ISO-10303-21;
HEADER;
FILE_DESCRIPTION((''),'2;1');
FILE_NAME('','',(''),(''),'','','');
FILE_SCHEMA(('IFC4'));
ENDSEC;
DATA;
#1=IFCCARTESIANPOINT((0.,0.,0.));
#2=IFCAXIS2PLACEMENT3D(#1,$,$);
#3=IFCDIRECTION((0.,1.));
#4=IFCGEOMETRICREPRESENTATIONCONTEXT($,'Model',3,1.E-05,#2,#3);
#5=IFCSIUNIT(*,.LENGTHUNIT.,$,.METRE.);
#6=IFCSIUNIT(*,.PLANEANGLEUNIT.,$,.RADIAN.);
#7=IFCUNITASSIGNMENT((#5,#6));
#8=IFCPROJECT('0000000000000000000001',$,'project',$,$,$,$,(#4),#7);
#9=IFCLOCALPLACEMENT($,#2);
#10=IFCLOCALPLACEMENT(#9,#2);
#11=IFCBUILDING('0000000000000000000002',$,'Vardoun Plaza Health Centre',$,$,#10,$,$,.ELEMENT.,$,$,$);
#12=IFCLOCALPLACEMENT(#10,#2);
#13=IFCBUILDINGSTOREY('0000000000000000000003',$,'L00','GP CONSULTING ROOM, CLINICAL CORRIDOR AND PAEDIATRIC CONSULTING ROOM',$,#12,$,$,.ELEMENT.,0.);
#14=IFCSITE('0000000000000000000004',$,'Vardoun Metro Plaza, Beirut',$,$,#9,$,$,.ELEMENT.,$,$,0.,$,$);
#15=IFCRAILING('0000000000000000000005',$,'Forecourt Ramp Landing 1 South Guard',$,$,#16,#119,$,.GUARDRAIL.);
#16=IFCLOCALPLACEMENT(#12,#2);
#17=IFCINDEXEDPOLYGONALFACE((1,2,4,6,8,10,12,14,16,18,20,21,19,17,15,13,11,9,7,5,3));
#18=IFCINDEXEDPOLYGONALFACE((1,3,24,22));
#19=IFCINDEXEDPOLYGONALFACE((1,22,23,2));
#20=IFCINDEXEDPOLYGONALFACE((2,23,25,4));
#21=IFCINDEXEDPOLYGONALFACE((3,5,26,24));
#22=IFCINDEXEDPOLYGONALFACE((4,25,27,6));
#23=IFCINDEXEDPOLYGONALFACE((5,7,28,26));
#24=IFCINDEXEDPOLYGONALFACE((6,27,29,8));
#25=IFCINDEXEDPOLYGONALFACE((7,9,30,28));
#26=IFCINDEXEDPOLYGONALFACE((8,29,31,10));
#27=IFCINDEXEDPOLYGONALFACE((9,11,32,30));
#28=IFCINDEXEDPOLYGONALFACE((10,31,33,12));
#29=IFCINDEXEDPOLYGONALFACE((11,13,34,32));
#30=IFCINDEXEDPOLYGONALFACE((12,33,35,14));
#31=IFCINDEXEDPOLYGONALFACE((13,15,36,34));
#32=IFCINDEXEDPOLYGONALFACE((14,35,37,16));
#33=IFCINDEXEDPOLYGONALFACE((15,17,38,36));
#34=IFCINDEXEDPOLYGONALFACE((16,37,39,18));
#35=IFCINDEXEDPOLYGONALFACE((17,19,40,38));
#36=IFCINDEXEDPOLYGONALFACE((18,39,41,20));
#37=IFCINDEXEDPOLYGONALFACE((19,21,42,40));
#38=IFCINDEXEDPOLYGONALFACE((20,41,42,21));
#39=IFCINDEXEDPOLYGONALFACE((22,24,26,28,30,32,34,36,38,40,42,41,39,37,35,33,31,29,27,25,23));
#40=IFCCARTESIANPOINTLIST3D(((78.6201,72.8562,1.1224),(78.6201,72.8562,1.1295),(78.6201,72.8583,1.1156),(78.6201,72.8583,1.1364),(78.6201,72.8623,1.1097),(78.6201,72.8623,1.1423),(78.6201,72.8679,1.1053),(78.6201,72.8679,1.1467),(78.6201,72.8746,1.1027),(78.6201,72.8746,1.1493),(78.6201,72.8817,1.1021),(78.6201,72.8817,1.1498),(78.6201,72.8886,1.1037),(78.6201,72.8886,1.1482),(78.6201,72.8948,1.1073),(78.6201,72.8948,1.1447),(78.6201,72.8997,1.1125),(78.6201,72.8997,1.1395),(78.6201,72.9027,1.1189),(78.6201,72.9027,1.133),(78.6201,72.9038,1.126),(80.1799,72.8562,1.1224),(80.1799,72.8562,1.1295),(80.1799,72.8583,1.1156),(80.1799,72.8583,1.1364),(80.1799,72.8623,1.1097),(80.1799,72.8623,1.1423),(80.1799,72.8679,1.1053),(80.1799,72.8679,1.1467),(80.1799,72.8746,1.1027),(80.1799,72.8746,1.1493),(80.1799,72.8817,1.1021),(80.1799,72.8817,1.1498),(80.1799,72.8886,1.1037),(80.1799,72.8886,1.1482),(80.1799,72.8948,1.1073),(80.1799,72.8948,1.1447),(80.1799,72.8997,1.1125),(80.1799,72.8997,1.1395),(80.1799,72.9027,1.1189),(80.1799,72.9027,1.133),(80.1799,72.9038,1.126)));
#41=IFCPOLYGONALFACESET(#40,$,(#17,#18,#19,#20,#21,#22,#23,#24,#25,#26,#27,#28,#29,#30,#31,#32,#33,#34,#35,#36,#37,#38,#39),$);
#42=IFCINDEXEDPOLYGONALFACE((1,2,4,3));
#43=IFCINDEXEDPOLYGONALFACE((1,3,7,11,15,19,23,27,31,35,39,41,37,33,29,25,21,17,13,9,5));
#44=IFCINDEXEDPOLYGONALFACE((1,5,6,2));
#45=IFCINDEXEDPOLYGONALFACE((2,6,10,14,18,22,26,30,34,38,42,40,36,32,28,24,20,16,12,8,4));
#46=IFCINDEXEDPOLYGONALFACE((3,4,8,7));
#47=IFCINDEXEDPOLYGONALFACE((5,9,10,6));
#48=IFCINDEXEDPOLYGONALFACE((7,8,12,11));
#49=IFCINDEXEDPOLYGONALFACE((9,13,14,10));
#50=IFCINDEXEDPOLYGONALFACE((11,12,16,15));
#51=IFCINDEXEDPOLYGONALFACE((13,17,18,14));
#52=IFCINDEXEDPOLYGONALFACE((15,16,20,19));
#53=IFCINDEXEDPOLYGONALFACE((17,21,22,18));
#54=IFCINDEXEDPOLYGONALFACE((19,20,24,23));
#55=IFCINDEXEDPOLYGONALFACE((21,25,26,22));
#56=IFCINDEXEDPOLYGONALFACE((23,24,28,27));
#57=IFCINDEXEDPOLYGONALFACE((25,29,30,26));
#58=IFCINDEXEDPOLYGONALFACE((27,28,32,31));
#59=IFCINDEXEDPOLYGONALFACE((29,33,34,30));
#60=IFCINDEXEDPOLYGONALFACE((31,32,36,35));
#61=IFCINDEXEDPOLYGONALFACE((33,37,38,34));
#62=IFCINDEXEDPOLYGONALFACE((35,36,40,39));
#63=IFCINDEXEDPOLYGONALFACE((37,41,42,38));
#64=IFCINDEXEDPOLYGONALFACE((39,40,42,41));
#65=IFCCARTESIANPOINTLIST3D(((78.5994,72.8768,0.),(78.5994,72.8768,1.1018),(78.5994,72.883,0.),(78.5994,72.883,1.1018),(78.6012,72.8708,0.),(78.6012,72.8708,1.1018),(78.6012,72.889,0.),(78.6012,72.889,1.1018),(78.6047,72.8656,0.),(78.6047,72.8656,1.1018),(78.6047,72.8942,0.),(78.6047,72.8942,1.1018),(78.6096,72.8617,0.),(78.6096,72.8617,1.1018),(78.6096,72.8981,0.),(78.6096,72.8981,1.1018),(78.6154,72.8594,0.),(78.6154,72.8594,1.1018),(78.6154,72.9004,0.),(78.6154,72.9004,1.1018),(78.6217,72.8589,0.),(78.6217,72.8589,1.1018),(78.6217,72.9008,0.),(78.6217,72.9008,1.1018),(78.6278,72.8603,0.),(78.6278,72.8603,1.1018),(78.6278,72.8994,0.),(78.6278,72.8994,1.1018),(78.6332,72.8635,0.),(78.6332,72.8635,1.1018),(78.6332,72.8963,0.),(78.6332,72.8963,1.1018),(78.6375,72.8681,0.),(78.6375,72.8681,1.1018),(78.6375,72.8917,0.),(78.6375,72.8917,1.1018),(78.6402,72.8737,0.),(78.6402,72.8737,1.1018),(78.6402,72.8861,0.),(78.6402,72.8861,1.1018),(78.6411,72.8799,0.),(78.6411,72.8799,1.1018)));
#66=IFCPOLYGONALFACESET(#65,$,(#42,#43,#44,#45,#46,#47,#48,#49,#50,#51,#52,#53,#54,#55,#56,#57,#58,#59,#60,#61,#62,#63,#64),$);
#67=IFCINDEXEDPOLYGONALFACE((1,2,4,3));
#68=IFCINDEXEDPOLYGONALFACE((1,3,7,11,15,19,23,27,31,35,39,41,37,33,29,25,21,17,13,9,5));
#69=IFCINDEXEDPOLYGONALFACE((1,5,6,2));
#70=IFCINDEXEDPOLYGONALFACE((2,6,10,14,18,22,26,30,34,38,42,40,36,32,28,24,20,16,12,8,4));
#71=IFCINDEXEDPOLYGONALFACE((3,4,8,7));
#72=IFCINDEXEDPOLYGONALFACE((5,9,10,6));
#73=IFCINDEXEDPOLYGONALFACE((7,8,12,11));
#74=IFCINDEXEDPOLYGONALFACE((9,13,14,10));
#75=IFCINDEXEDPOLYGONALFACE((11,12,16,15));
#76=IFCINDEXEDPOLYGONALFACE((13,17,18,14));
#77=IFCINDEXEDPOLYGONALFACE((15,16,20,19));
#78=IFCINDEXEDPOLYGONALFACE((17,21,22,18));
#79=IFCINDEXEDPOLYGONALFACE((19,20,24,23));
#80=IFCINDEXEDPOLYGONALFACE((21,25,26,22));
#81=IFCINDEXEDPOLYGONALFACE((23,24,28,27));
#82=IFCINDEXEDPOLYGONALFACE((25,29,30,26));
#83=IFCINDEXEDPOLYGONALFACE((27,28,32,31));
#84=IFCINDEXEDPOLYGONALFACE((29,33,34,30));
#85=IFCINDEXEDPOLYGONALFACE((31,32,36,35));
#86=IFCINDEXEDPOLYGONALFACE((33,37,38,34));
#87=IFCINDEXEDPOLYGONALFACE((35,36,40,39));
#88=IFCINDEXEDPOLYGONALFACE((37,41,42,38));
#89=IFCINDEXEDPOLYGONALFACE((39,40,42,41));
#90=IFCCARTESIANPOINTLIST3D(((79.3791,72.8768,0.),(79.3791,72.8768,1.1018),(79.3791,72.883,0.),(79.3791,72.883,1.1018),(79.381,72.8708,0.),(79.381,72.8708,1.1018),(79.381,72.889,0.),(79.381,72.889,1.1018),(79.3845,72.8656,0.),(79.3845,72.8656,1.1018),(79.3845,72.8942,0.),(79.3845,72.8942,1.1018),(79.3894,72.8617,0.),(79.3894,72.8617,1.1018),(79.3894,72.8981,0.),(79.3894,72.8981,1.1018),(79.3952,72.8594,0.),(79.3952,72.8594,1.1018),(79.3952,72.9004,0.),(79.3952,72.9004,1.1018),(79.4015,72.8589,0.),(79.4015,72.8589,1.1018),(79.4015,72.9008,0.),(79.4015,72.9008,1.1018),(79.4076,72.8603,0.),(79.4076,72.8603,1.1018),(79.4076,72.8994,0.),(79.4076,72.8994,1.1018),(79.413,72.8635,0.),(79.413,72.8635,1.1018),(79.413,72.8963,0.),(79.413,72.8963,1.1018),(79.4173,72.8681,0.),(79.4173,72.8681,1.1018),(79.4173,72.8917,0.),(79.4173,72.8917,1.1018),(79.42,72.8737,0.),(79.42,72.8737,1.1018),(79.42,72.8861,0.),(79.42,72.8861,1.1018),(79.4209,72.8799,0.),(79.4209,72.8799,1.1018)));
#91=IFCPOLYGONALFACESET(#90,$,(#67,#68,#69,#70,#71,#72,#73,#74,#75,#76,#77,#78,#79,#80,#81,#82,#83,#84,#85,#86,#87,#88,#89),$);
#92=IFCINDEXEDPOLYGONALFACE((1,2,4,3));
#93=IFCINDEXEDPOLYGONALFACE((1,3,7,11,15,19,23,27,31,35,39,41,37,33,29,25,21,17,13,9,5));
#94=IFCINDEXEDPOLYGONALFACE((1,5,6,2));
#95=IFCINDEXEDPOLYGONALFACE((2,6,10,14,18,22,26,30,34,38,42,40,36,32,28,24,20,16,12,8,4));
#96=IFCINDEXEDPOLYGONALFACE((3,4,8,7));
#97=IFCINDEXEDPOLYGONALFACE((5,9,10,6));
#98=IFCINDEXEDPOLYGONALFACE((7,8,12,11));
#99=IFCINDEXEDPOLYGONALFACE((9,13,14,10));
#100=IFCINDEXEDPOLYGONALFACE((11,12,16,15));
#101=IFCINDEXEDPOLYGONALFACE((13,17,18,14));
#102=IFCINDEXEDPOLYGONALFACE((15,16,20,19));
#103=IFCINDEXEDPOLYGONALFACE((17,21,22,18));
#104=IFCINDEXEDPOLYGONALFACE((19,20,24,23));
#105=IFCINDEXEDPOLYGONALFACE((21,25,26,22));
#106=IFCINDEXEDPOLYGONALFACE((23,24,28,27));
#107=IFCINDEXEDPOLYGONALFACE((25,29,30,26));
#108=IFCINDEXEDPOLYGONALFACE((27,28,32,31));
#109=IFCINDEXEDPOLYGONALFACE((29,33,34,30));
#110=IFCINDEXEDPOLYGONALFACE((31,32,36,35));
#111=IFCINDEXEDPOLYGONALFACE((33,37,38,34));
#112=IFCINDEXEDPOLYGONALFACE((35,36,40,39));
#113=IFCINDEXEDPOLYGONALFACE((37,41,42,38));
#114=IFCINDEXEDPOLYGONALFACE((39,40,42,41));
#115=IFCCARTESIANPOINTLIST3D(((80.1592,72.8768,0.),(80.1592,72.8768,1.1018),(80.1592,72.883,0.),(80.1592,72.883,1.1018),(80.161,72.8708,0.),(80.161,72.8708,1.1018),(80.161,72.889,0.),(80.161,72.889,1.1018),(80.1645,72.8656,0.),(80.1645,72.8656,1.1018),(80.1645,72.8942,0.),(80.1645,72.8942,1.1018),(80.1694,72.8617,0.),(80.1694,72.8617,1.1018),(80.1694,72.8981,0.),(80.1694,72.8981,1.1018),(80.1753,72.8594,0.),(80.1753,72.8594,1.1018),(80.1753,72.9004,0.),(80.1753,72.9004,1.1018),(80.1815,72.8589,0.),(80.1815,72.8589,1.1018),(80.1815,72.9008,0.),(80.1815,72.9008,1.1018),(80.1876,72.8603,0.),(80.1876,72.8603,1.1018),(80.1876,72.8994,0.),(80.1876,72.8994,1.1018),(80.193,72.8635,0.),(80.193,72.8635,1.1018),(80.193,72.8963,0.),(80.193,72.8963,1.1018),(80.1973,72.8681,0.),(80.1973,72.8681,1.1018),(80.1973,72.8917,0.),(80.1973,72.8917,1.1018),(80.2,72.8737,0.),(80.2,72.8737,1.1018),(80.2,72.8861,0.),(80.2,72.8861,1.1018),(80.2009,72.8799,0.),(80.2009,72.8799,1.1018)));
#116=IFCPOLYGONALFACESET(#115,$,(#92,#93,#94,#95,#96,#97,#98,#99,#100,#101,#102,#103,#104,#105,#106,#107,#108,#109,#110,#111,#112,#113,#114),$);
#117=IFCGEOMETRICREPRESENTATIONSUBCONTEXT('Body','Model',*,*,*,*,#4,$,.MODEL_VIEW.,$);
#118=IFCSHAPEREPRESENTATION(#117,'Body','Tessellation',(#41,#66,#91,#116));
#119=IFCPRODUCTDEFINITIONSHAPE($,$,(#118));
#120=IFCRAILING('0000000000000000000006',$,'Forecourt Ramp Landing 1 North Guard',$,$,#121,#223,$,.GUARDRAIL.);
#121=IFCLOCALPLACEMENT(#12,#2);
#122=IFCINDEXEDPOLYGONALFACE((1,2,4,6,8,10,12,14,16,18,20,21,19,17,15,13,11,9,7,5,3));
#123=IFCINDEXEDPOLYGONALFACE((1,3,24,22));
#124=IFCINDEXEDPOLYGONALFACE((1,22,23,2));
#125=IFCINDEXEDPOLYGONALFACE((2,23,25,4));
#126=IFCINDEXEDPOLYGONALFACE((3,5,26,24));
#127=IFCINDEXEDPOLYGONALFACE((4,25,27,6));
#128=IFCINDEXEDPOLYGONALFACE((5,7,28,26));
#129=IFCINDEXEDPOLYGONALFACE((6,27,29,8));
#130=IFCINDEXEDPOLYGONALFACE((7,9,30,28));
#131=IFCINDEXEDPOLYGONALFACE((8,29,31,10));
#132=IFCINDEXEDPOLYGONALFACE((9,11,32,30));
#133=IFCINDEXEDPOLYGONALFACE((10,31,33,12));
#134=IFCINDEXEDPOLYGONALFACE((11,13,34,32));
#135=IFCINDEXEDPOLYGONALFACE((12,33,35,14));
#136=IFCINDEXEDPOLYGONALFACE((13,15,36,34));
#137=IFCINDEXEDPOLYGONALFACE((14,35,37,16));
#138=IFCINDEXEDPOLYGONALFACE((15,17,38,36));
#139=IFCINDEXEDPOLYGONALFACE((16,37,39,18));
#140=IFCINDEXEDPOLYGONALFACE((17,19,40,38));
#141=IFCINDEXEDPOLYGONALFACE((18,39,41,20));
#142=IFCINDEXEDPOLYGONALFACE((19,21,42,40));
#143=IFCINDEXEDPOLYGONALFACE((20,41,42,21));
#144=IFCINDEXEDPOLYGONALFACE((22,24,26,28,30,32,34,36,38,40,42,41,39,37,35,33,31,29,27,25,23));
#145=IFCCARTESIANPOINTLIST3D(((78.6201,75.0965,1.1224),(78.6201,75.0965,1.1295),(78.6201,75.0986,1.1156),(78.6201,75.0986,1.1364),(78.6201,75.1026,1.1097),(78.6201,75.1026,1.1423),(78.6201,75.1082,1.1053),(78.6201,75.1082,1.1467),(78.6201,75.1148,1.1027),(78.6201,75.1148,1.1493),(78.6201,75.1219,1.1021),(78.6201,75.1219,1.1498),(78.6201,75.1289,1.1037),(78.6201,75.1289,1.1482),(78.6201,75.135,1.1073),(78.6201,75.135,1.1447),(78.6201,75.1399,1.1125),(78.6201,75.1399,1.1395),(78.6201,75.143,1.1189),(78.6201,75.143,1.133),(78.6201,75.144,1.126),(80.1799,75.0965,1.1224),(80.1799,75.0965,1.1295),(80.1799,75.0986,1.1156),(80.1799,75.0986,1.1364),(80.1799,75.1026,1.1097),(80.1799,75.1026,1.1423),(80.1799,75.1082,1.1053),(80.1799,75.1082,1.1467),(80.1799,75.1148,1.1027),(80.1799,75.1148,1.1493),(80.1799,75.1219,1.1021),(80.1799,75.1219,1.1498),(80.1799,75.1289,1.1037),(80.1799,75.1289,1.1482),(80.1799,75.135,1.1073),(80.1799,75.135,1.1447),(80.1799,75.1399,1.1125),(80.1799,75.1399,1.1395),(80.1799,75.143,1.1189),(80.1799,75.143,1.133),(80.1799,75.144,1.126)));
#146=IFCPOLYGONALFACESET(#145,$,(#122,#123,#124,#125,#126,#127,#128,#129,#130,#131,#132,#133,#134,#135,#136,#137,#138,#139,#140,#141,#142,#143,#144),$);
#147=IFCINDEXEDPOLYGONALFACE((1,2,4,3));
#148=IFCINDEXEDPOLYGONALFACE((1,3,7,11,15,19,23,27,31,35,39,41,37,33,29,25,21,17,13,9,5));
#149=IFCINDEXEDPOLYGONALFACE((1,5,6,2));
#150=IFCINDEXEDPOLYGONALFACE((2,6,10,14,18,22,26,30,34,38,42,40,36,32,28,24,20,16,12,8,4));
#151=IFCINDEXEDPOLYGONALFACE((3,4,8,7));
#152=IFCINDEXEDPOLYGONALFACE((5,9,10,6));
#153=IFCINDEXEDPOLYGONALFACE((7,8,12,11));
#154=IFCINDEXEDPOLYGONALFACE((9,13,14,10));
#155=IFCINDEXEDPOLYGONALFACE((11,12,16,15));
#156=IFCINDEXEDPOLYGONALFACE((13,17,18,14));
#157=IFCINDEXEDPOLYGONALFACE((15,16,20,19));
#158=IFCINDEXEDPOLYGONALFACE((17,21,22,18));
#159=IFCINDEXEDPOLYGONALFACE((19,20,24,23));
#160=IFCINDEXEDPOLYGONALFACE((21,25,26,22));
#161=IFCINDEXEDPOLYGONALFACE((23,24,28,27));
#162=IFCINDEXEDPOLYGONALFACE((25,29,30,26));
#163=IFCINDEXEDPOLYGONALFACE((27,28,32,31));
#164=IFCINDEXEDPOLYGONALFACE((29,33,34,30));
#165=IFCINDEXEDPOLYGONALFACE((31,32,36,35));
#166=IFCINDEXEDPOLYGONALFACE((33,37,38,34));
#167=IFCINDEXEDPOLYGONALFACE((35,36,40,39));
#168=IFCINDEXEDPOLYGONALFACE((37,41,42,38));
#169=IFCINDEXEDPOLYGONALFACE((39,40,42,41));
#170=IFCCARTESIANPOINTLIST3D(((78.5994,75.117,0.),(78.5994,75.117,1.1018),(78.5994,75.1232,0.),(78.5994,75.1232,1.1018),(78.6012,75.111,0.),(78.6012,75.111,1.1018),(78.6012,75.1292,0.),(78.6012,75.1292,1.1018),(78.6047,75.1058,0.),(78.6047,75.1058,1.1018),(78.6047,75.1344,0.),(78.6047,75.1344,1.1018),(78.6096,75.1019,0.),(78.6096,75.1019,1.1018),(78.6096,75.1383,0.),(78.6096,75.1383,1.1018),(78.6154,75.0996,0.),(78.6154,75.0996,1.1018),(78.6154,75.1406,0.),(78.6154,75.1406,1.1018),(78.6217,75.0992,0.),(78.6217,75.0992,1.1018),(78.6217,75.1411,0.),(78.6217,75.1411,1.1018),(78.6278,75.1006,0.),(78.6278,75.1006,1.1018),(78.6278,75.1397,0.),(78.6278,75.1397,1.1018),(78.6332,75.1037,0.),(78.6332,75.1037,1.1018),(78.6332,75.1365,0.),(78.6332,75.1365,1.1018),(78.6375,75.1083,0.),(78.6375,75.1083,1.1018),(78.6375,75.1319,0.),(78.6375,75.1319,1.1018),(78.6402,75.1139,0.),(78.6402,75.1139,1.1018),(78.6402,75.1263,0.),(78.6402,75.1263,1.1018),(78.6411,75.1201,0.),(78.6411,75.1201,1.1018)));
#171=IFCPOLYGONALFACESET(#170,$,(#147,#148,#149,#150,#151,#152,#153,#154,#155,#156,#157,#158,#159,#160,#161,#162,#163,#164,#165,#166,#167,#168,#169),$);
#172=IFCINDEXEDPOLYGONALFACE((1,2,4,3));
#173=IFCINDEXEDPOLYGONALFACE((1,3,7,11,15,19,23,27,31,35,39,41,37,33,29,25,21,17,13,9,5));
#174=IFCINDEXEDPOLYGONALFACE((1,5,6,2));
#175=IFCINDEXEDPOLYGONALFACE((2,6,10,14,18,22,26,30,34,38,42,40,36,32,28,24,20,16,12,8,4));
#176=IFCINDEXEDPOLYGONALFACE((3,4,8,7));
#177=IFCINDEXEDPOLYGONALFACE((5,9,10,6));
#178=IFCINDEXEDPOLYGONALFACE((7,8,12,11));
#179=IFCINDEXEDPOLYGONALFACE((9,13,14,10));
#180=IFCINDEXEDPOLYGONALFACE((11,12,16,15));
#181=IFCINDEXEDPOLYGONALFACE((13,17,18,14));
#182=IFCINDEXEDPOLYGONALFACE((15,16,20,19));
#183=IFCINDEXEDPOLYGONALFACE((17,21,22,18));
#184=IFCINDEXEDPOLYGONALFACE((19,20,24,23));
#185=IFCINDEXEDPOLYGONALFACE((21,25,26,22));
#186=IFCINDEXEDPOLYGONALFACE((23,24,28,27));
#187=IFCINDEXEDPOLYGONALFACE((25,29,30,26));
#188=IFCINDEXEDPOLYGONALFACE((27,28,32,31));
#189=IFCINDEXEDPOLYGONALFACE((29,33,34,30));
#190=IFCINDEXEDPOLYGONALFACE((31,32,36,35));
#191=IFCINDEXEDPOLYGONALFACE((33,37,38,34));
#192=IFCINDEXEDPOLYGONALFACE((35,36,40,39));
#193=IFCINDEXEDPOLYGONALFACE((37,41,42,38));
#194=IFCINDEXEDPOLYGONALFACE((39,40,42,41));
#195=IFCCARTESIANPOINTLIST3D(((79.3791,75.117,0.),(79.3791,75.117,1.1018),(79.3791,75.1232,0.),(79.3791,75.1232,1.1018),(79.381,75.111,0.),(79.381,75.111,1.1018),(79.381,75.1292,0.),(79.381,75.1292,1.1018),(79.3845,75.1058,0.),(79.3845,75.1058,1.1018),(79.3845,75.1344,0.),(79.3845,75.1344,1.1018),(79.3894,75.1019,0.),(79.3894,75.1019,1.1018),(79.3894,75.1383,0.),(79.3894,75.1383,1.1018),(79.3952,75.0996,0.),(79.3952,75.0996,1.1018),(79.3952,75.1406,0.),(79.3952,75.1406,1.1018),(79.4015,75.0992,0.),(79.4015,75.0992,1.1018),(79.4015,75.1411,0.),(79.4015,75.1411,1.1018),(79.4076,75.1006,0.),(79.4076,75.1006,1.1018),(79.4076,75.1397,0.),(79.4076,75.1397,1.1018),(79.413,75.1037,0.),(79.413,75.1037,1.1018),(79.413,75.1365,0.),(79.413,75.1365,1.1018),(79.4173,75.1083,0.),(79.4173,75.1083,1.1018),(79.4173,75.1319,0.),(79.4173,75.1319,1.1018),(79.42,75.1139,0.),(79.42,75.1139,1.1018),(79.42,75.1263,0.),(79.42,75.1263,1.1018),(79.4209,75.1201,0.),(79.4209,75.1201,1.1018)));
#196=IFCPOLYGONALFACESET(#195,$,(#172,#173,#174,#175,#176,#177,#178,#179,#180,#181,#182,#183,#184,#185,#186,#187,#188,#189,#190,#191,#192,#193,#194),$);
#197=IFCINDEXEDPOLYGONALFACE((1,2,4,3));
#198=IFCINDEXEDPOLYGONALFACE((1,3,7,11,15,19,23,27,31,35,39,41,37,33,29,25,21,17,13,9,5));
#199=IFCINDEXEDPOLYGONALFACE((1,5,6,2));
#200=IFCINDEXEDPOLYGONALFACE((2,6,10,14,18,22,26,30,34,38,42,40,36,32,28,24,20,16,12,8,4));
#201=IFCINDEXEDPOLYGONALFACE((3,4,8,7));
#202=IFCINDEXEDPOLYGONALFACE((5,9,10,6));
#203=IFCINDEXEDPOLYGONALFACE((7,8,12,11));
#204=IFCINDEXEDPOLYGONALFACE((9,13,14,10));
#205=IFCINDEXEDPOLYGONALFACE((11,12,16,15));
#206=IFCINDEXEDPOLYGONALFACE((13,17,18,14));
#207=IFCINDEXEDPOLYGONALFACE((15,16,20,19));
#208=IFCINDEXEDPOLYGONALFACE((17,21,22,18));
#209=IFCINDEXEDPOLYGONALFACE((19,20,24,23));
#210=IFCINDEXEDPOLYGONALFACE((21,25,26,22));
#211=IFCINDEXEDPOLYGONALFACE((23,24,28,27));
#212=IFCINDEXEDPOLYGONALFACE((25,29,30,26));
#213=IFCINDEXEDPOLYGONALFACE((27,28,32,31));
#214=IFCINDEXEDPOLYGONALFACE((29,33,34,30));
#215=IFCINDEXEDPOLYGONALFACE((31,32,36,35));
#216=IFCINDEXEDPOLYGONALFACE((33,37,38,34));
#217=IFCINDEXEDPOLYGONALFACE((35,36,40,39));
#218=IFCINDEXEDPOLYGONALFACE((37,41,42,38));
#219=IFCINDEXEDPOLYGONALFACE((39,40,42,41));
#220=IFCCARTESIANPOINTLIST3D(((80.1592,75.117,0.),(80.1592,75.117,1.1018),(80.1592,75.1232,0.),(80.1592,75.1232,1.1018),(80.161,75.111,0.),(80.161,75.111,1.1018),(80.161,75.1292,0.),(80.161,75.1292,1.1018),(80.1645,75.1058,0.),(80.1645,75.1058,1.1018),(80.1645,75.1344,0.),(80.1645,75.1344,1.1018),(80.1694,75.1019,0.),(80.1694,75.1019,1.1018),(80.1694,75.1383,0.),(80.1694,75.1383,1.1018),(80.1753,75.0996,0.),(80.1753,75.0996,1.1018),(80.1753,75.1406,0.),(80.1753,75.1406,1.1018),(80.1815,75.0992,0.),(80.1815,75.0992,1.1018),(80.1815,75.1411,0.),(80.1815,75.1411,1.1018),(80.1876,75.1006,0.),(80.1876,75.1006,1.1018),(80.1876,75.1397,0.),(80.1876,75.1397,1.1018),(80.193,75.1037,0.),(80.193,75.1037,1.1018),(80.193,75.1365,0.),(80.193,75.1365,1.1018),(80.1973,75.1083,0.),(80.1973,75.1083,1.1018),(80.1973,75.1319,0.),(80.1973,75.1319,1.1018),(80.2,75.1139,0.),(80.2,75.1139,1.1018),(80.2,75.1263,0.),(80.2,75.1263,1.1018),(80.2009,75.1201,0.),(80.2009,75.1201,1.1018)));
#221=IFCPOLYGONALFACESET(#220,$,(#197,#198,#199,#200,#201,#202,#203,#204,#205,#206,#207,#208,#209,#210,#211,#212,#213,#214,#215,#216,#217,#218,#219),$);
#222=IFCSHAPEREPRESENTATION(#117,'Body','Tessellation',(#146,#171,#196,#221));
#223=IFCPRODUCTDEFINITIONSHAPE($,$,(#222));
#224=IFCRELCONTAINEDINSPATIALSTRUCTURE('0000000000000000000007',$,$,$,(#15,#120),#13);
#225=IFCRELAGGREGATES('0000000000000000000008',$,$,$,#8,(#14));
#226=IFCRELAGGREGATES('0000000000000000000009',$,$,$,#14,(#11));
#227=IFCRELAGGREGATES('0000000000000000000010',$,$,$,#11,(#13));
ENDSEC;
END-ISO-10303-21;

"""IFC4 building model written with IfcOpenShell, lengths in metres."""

from ifc_helpers import new_model, si_unit, direction, frame, origin, origin_2d, place, context, subcontext, project, spatial, circle, extrude, element, save


model = new_model("IFC4")

# Units and contexts
model_context = context("Model", 3, precision=1e-05, world=origin(), true_north=direction((0.0, 1.0)))
body_context = subcontext(model_context, "Body", "Model", "MODEL_VIEW")
ifc_project = project(units=[si_unit("LENGTHUNIT", "METRE"), si_unit("PLANEANGLEUNIT", "RADIAN")], contexts=[model_context])

# Site, building, storey
site_placement = place(None, origin())
site = spatial("IfcSite", under=ifc_project, at=site_placement, Name="Vardoun Metro Plaza, Beirut", CompositionType="ELEMENT", RefElevation=0.0)
building_placement = place(site_placement, origin())
building = spatial("IfcBuilding", under=site, at=building_placement, Name="Vardoun Plaza Health Centre", CompositionType="ELEMENT")
storey_placement = place(building_placement, origin())
storey = spatial("IfcBuildingStorey", under=building, at=storey_placement, Name="L00", Description="GP CONSULTING ROOM, CLINICAL CORRIDOR AND PAEDIATRIC CONSULTING ROOM", CompositionType="ELEMENT", Elevation=0.0)

# Railings
for number, where, name in (
    (1, (78.6201, 72.8799, 0.0), "Forecourt Ramp Landing 1 South Guard"),
    (2, (78.6201, 75.1201, 0.0), "Forecourt Ramp Landing 1 North Guard"),
):
    element("IfcRailing", number, at=place(storey_placement, frame(where)), inside=storey, Name=name, PredefinedType="GUARDRAIL", context=body_context, shape_type="SweptSolid", body=[
        extrude(circle(Radius=0.0239, at=origin_2d()), frame((0.0, 0.0, 1.126), z_axis=(1.0, 0.0, 0.0), x_axis=(0.0, 1.0, 0.0)), (0.0, 0.0, 1.0), 1.5598),
        extrude(circle(Radius=0.021, at=origin_2d()), origin(), (0.0, 0.0, 1.0), 1.1018),
        extrude(circle(Radius=0.021, at=origin_2d()), frame((0.7798, 0.0, 0.0)), (0.0, 0.0, 1.0), 1.1018),
        extrude(circle(Radius=0.021, at=origin_2d()), frame((1.5598, 0.0, 0.0)), (0.0, 0.0, 1.0), 1.1018),
    ])

save(model, "model.ifc")
